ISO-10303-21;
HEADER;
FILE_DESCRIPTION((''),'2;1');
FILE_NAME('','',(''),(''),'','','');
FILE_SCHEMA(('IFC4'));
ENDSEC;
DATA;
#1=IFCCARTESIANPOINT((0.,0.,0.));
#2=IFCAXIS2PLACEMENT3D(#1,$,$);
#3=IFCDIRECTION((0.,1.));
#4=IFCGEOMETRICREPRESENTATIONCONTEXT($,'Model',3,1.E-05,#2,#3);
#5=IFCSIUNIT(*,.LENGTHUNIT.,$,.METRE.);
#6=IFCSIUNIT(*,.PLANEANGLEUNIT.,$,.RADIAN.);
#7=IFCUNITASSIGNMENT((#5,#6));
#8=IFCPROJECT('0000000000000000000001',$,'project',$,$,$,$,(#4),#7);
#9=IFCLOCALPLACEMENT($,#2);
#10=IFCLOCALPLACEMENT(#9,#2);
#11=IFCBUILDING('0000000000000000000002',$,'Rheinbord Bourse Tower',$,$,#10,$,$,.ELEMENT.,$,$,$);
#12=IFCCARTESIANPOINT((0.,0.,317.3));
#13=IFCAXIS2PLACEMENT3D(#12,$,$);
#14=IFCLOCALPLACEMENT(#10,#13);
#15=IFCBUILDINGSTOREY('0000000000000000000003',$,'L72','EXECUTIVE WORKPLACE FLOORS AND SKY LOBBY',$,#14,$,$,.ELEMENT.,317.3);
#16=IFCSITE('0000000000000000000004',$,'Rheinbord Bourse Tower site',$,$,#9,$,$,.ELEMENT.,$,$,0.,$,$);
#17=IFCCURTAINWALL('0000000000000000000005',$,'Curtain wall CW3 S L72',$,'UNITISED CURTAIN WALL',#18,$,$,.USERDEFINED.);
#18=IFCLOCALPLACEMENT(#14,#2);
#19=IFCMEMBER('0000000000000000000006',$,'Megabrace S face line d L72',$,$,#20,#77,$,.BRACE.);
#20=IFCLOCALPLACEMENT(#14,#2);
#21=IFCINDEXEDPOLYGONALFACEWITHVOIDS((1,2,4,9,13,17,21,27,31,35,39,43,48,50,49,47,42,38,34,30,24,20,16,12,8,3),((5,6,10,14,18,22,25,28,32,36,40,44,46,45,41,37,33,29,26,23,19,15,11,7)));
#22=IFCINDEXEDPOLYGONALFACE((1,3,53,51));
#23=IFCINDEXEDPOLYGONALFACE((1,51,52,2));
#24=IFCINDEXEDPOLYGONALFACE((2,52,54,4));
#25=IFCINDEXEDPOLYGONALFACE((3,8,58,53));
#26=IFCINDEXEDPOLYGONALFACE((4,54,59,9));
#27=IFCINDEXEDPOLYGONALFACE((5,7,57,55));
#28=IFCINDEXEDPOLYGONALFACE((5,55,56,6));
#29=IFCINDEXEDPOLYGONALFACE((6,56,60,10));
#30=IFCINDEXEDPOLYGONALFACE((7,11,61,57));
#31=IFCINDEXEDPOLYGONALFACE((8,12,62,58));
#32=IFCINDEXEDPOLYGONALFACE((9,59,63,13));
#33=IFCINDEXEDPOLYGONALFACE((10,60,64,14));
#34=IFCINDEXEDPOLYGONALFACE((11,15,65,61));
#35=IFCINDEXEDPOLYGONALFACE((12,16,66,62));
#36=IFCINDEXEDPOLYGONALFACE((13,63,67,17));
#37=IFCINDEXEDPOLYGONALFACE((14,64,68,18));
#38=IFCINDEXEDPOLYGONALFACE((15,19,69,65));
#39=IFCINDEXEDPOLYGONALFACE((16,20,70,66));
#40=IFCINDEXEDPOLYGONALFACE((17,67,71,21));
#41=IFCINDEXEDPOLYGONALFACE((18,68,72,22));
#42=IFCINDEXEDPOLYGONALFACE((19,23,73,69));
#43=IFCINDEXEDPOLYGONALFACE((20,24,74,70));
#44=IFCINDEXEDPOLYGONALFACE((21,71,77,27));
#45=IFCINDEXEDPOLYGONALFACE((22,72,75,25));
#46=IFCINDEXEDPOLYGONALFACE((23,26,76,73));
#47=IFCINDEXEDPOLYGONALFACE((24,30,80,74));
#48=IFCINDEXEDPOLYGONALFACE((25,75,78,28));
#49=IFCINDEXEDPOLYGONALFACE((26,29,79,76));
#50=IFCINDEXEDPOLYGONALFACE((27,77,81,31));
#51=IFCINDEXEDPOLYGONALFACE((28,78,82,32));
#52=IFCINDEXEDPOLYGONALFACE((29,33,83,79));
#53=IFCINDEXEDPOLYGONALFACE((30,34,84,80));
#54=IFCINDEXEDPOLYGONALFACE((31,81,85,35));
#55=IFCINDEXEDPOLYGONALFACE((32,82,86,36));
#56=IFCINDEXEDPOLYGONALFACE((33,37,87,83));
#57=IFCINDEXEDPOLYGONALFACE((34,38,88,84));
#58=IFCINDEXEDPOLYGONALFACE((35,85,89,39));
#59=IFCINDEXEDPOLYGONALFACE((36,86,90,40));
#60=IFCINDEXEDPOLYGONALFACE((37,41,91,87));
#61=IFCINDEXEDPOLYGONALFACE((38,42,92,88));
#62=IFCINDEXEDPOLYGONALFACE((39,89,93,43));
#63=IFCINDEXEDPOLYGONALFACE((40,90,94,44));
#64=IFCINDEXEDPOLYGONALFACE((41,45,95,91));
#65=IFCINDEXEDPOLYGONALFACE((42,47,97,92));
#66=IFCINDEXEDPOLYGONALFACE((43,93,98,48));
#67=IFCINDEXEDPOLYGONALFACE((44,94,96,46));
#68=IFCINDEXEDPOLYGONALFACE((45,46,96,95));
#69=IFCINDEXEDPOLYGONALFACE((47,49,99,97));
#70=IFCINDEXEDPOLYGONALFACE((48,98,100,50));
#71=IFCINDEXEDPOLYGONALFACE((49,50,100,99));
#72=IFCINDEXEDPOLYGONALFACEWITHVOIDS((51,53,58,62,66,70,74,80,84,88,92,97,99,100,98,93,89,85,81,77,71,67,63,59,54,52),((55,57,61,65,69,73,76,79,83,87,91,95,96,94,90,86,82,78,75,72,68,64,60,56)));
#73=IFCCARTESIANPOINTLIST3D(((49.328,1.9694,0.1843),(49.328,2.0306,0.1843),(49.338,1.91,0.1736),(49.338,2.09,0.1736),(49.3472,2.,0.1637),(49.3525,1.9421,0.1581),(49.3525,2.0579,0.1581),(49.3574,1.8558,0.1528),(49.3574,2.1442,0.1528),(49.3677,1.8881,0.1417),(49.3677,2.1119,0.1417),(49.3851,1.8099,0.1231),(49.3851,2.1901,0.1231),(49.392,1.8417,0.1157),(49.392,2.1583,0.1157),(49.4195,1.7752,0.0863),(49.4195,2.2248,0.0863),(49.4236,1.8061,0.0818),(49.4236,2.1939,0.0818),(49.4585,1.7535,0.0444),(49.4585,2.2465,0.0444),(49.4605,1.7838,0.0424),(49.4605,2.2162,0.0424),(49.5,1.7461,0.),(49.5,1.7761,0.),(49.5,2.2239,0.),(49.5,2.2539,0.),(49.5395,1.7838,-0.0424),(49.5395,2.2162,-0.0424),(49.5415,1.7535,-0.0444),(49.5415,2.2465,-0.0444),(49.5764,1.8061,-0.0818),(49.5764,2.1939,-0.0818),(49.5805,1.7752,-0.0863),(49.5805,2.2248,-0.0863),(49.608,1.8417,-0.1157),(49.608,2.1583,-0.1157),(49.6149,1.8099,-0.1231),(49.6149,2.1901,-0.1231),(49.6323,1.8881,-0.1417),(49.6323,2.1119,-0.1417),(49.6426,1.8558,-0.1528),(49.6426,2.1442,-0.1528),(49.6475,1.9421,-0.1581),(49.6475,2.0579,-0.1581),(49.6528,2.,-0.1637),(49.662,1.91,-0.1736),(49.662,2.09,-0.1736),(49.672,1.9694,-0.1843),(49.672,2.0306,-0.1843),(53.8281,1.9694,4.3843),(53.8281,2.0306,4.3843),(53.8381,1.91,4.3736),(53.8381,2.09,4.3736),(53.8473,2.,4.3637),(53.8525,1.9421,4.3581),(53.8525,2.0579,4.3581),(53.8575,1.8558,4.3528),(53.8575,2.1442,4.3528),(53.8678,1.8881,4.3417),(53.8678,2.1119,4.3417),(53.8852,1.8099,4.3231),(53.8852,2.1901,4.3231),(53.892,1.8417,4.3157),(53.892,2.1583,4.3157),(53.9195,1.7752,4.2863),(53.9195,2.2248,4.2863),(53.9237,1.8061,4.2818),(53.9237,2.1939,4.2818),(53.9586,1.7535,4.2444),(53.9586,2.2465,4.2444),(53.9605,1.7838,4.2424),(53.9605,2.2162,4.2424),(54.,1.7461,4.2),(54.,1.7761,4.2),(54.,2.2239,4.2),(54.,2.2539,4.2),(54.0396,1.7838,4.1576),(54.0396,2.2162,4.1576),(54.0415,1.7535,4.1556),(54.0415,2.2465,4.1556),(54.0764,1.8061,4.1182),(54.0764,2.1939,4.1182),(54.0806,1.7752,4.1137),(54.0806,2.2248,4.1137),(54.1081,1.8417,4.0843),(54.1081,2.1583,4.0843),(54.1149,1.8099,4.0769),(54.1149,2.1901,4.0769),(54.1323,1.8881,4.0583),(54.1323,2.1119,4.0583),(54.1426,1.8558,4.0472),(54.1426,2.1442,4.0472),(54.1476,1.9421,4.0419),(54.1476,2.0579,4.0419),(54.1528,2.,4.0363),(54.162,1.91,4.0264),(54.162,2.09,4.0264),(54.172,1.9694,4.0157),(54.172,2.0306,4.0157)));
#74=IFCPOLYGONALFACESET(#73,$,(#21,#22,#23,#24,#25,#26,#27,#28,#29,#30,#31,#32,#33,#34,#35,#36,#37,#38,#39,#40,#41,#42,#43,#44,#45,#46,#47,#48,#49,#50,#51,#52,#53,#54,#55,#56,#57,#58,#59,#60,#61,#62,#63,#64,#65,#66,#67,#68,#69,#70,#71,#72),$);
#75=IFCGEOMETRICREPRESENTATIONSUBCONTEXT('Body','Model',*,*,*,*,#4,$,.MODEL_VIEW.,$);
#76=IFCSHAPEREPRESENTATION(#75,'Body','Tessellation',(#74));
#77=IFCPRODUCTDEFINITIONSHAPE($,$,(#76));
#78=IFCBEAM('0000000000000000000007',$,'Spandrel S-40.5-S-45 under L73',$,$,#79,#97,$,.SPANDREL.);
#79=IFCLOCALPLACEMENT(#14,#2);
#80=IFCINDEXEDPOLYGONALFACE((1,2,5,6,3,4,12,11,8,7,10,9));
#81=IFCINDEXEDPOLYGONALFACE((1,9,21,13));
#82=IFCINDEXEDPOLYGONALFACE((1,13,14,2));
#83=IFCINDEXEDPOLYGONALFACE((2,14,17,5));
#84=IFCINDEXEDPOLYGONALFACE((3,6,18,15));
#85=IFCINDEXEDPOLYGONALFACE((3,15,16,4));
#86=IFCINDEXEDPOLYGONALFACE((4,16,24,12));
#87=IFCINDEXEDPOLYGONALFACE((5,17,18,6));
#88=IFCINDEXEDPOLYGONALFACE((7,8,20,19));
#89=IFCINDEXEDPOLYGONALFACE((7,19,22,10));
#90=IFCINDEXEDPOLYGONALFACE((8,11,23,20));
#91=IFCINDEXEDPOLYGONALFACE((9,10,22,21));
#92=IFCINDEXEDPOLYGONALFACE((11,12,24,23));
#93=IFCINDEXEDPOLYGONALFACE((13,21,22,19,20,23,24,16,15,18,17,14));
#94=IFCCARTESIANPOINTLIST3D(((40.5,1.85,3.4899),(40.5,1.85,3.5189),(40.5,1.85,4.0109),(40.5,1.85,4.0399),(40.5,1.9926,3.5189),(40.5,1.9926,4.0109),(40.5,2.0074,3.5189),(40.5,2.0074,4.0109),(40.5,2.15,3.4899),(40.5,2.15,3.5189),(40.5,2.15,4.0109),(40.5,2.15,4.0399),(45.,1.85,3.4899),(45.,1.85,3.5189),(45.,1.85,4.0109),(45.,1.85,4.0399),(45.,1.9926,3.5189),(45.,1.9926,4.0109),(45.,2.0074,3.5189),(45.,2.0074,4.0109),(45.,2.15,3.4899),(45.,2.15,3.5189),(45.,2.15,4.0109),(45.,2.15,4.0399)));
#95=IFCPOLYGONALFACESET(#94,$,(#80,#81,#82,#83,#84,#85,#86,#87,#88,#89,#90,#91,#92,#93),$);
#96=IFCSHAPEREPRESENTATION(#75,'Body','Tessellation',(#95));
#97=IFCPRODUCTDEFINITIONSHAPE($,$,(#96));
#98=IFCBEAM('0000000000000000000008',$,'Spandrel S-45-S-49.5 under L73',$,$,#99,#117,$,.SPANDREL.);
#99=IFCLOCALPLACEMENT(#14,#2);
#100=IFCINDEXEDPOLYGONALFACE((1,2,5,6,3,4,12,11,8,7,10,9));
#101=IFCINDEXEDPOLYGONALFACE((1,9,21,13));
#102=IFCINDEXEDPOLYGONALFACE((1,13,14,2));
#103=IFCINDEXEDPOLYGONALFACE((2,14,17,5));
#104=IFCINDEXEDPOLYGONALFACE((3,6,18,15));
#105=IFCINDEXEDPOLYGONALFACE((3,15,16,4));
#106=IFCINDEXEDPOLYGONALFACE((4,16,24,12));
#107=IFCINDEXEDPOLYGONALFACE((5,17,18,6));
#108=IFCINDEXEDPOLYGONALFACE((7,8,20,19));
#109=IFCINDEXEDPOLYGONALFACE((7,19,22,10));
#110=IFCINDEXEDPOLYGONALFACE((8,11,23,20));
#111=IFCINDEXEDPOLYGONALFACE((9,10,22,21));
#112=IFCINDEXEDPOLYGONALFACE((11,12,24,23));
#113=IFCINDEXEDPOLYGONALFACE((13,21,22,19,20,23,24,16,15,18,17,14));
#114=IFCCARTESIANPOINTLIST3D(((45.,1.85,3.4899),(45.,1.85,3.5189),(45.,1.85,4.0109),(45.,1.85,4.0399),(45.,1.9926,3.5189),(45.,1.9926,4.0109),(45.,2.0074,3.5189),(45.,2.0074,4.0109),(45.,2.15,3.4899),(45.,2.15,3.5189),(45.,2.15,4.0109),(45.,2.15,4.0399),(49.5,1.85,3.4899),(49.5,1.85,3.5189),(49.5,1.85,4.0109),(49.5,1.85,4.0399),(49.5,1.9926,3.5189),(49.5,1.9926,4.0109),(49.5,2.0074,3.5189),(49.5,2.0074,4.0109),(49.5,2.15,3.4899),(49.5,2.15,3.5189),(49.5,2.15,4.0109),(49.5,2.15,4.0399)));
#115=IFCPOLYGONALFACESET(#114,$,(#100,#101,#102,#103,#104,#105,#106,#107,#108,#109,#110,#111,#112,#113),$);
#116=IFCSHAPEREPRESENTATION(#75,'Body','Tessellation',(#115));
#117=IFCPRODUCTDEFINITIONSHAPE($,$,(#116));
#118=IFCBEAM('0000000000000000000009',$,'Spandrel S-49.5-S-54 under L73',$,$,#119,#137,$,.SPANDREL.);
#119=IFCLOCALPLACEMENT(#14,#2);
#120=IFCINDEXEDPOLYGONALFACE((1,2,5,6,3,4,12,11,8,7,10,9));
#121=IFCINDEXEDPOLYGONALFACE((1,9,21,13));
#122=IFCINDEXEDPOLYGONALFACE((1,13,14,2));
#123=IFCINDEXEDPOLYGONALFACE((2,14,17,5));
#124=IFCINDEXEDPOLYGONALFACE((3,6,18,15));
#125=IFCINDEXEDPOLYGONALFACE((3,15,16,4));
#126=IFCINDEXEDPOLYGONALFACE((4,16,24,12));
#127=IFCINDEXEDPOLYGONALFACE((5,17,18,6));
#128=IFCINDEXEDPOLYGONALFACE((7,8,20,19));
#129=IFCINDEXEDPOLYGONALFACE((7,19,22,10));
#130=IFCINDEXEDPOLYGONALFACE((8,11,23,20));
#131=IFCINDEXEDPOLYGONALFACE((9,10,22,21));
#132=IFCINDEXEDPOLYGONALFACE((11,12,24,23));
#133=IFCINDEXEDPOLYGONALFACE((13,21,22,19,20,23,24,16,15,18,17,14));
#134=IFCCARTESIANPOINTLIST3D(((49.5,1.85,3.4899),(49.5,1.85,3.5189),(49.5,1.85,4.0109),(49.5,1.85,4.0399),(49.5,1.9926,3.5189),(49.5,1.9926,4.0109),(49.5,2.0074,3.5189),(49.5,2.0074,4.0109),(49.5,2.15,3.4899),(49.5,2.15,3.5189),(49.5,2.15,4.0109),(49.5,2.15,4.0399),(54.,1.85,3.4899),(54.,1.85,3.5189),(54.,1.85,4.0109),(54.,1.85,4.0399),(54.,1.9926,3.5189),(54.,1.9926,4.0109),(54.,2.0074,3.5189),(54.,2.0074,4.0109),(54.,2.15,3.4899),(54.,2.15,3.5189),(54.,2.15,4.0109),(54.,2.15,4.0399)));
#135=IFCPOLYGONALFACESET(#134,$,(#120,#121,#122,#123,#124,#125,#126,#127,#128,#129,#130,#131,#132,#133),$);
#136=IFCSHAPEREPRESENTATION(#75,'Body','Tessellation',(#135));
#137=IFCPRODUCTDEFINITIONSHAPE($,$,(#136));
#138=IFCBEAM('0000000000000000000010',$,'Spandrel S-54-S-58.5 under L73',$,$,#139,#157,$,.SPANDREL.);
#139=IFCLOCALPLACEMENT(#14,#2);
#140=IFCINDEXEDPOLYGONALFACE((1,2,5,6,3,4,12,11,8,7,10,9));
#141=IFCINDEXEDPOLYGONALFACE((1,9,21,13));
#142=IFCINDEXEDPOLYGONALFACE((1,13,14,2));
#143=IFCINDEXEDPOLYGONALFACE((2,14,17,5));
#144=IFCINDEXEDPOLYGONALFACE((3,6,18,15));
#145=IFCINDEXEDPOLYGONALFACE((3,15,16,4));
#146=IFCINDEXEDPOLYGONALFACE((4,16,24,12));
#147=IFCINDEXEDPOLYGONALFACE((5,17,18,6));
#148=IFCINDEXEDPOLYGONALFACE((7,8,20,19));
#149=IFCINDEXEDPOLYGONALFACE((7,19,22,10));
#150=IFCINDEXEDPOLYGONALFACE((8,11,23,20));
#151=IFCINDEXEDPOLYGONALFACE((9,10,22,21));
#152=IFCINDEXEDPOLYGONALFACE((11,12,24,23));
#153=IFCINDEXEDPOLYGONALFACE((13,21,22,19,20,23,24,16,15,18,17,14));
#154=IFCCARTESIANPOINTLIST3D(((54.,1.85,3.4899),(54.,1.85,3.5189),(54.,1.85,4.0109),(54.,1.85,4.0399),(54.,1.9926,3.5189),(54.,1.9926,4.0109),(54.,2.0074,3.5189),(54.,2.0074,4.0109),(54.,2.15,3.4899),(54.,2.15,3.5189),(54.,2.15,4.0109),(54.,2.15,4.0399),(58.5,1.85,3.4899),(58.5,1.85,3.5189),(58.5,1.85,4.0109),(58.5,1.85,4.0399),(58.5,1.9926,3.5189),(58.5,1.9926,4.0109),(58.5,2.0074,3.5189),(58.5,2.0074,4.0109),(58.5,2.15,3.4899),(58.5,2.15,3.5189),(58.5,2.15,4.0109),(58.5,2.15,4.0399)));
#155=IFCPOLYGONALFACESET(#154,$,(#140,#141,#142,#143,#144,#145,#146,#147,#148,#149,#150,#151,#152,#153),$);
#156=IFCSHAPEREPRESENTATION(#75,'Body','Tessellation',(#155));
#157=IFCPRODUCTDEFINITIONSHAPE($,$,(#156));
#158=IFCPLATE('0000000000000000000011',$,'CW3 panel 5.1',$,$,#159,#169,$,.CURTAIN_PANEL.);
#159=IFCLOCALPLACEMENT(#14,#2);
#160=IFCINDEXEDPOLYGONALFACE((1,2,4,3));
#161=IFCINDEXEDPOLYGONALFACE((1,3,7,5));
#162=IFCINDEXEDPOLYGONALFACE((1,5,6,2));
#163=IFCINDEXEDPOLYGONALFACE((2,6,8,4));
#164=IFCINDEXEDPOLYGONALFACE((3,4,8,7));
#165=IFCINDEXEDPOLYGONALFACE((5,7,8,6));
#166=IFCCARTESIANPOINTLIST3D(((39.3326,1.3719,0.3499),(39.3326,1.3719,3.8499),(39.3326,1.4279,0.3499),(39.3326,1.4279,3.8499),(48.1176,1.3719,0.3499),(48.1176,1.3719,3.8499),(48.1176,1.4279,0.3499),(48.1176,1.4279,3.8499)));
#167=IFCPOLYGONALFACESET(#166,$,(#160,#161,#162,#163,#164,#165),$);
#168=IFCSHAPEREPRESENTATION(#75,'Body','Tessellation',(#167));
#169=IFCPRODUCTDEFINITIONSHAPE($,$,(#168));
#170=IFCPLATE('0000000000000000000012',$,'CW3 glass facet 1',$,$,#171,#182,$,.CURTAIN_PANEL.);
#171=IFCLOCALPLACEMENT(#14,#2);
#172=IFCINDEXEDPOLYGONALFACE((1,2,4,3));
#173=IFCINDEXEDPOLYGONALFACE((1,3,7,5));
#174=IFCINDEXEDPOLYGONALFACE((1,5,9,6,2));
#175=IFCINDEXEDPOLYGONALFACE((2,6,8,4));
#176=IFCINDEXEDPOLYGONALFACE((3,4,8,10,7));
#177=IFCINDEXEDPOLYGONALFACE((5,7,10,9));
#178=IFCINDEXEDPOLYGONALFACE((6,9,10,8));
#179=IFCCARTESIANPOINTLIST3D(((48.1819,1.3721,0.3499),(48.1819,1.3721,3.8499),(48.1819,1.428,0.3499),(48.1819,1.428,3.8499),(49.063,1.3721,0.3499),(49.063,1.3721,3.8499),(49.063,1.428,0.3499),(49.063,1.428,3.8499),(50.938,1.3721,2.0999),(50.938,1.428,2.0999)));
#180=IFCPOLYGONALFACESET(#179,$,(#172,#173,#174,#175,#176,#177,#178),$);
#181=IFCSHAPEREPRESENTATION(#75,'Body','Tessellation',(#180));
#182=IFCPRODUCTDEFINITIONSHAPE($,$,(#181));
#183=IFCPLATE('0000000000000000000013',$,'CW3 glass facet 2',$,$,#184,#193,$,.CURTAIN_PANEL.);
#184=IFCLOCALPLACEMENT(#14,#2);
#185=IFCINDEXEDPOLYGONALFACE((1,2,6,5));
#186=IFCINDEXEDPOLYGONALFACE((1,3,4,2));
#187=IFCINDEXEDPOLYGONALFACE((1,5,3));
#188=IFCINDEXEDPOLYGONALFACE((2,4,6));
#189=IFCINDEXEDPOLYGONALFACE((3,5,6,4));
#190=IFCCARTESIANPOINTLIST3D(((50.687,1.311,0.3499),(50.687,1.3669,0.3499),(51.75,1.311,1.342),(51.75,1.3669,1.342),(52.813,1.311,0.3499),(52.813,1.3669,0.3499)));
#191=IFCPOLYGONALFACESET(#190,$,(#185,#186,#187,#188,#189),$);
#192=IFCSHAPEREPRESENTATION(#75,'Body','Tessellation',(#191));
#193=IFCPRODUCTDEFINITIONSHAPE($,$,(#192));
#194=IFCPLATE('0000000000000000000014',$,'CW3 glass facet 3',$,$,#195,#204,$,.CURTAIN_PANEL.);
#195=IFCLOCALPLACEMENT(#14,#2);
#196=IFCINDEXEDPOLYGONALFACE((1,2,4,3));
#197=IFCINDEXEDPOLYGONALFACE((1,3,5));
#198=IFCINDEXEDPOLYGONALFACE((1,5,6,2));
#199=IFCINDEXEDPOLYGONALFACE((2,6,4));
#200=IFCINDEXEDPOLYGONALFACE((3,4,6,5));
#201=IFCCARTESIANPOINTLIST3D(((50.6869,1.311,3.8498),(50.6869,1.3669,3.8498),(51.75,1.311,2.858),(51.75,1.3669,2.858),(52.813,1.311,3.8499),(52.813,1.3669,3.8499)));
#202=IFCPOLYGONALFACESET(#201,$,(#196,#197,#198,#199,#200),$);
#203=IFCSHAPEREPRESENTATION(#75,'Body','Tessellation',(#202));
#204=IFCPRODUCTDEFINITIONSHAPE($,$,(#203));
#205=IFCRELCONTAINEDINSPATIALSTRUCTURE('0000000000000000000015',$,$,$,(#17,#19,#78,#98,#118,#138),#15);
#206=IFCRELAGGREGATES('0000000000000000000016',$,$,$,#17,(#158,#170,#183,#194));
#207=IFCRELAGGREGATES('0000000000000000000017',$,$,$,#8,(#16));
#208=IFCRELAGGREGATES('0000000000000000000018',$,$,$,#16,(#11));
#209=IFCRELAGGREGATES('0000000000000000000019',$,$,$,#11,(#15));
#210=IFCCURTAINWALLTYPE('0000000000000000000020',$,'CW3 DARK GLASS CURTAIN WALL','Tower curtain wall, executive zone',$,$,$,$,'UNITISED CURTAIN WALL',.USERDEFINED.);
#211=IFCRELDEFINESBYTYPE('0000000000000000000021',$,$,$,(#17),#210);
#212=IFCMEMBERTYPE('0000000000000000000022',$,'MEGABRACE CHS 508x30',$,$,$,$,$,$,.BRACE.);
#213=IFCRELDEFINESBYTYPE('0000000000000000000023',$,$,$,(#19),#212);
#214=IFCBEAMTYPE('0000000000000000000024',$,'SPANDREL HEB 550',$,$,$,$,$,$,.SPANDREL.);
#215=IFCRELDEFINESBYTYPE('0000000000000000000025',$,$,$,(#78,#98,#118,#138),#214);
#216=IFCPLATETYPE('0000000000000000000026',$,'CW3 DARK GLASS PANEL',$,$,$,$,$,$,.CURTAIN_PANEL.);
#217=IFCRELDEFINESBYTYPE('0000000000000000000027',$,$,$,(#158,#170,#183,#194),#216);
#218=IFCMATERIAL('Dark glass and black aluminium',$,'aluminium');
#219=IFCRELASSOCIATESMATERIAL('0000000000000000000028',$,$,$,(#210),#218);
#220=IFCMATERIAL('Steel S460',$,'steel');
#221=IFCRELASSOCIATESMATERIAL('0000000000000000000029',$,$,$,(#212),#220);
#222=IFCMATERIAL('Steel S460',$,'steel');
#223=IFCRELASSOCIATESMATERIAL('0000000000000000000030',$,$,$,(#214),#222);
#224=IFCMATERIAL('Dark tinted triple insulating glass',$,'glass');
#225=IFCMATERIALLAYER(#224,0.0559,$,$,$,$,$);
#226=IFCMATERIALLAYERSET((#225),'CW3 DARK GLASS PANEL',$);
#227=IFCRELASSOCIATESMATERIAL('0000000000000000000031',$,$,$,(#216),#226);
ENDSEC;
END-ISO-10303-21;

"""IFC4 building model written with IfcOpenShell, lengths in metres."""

from ifc_helpers import new_model, si_unit, direction, frame, origin, origin_2d, place, context, subcontext, project, spatial, polyline, rectangle, hollow_circle, i_section, outline, extrude, material, layer, layer_set, material_profile, profile_set, type_object, element, aggregate, save


model = new_model("IFC4")

# Units and contexts
model_context = context("Model", 3, precision=1e-05, world=origin(), true_north=direction((0.0, 1.0)))
body_context = subcontext(model_context, "Body", "Model", "MODEL_VIEW")
ifc_project = project(units=[si_unit("LENGTHUNIT", "METRE"), si_unit("PLANEANGLEUNIT", "RADIAN")], contexts=[model_context])

# Site, building, storey
site_placement = place(None, origin())
site = spatial("IfcSite", under=ifc_project, at=site_placement, Name="Rheinbord Bourse Tower site", CompositionType="ELEMENT", RefElevation=0.0)
building_placement = place(site_placement, origin())
building = spatial("IfcBuilding", under=site, at=building_placement, Name="Rheinbord Bourse Tower", CompositionType="ELEMENT")
storey_placement = place(building_placement, frame((0.0, 0.0, 317.3)))
storey = spatial("IfcBuildingStorey", under=building, at=storey_placement, Name="L72", Description="EXECUTIVE WORKPLACE FLOORS AND SKY LOBBY", CompositionType="ELEMENT", Elevation=317.3)

# Curtain wall
ifc_material_1 = material(Name="Dark glass and black aluminium", Category="aluminium")
curtain_wall_type = type_object("IfcCurtainWallType", Name="CW3 DARK GLASS CURTAIN WALL", Description="Tower curtain wall, executive zone", ElementType="UNITISED CURTAIN WALL", PredefinedType="USERDEFINED", material=ifc_material_1)
curtain_wall_placement = place(storey_placement, origin())
curtain_wall = element("IfcCurtainWall", 1, at=curtain_wall_placement, inside=storey, type_object=curtain_wall_type, Name="Curtain wall CW3 S L72", ObjectType="UNITISED CURTAIN WALL", PredefinedType="USERDEFINED")

# Member
ifc_material_2 = material(Name="Steel S460", Category="steel")
ifc_material_profile_1 = material_profile(ifc_material_2, hollow_circle(Radius=0.2539, WallThickness=0.03, at=origin_2d()), Name="CHS 508x30")
ifc_profile_set_1 = profile_set([ifc_material_profile_1], Name="Steel S460")
member_type_1 = type_object("IfcMemberType", Name="MEGABRACE CHS 508x30", PredefinedType="BRACE", material=ifc_profile_set_1)
member_1_placement = place(storey_placement, frame((49.5, 2.0, 0.0), z_axis=(0.731059, 0.0, 0.682314), x_axis=(0.0, 1.0, 0.0)))
element("IfcMember", 2, at=member_1_placement, inside=storey, type_object=member_type_1, Name="Megabrace S face line d L72", PredefinedType="BRACE", context=body_context, shape_type="SweptSolid", body=[
    extrude(hollow_circle(Radius=0.2539, WallThickness=0.03, at=origin_2d()), origin(), (0.0, 0.0, 1.0), 6.1555),
])

# Beams
ifc_material_3 = material(Name="Steel S460", Category="steel")
ifc_material_profile_2 = material_profile(ifc_material_3, i_section(OverallWidth=0.3, OverallDepth=0.55, WebThickness=0.0149, FlangeThickness=0.0291, at=origin_2d()), Name="HEB 550")
ifc_profile_set_2 = profile_set([ifc_material_profile_2], Name="Steel S460")
beam_type_1 = type_object("IfcBeamType", Name="SPANDREL HEB 550", PredefinedType="SPANDREL", material=ifc_profile_set_2)
for number, where, z_axis, x_axis, name in (
    (3, (40.5, 2.0, 3.7649), (1.0, 0.0, 0.0), (0.0, 1.0, 0.0), "Spandrel S-40.5-S-45 under L73"),
    (4, (45.0, 2.0, 3.7649), (1.0, 0.0, 0.0), (0.0, 1.0, 0.0), "Spandrel S-45-S-49.5 under L73"),
    (5, (49.5, 2.0, 3.7649), (1.0, 0.0, 0.0), (0.0, 1.0, 0.0), "Spandrel S-49.5-S-54 under L73"),
    (6, (54.0, 2.0, 3.7649), (1.0, 0.0, 0.0), (0.0, 1.0, 0.0), "Spandrel S-54-S-58.5 under L73"),
):
    element("IfcBeam", number, at=place(storey_placement, frame(where, z_axis=z_axis, x_axis=x_axis)), inside=storey, type_object=beam_type_1, Name=name, PredefinedType="SPANDREL", context=body_context, shape_type="SweptSolid", body=[
        extrude(i_section(OverallWidth=0.3, OverallDepth=0.55, WebThickness=0.0149, FlangeThickness=0.0291, at=origin_2d()), origin(), (0.0, 0.0, 1.0), 4.5),
    ])

# Plates
ifc_material_4 = material(Name="Dark tinted triple insulating glass", Category="glass")
ifc_layer_1 = layer(ifc_material_4, 0.0559)
ifc_layer_set_1 = layer_set([ifc_layer_1], Name="CW3 DARK GLASS PANEL")
plate_type = type_object("IfcPlateType", Name="CW3 DARK GLASS PANEL", PredefinedType="CURTAIN_PANEL", material=ifc_layer_set_1)
plate_1_placement = place(storey_placement, frame((43.7251, 1.3999, 0.3499), z_axis=(0.0, 0.0, 1.0), x_axis=(1.0, 0.0, 0.0)))
plate_1 = element("IfcPlate", 7, at=plate_1_placement, type_object=plate_type, Name="CW3 panel 5.1", PredefinedType="CURTAIN_PANEL", context=body_context, shape_type="SweptSolid", body=[
    extrude(rectangle(XDim=8.7849, YDim=0.0559, at=origin_2d()), origin(), (0.0, 0.0, 1.0), 3.5),
])
plate_2_placement = place(storey_placement, frame((48.1819, 1.3721, 0.3499), z_axis=(0.0, 1.0, 0.0), x_axis=(0.0, 0.0, 1.0)))
plate_2 = element("IfcPlate", 8, at=plate_2_placement, type_object=plate_type, Name="CW3 glass facet 1", PredefinedType="CURTAIN_PANEL", context=body_context, shape_type="SweptSolid", body=[
    extrude(outline(polyline([(0.0, 0.0), (3.5, 0.0), (3.5, 0.8811), (1.75, 2.7561), (0.0, 0.8811), (0.0, 0.0)])), origin(), (0.0, 0.0, 1.0), 0.0559),
])
plate_3_placement = place(storey_placement, frame((50.687, 1.311, 0.3499), z_axis=(0.0, 1.0, 0.0), x_axis=(0.731033, 0.0, 0.682342)))
plate_3 = element("IfcPlate", 9, at=plate_3_placement, type_object=plate_type, Name="CW3 glass facet 2", PredefinedType="CURTAIN_PANEL", context=body_context, shape_type="SweptSolid", body=[
    extrude(outline(polyline([(0.0, 0.0), (1.4541, 0.0), (1.5542, 1.4507), (0.0, 0.0)])), origin(), (0.0, 0.0, 1.0), 0.0559),
])
plate_4_placement = place(storey_placement, frame((52.813, 1.311, 3.8499), z_axis=(0.0, 1.0, 0.0), x_axis=(-0.731117, 0.0, -0.682252)))
plate_4 = element("IfcPlate", 10, at=plate_4_placement, type_object=plate_type, Name="CW3 glass facet 3", PredefinedType="CURTAIN_PANEL", context=body_context, shape_type="SweptSolid", body=[
    extrude(outline(polyline([(0.0, 0.0), (1.4539, 0.0), (1.5544, 1.4504), (0.0, 0.0)])), origin(), (0.0, 0.0, 1.0), 0.0559),
])
aggregate(curtain_wall, [plate_1, plate_2, plate_3, plate_4])

save(model, "model.ifc")
